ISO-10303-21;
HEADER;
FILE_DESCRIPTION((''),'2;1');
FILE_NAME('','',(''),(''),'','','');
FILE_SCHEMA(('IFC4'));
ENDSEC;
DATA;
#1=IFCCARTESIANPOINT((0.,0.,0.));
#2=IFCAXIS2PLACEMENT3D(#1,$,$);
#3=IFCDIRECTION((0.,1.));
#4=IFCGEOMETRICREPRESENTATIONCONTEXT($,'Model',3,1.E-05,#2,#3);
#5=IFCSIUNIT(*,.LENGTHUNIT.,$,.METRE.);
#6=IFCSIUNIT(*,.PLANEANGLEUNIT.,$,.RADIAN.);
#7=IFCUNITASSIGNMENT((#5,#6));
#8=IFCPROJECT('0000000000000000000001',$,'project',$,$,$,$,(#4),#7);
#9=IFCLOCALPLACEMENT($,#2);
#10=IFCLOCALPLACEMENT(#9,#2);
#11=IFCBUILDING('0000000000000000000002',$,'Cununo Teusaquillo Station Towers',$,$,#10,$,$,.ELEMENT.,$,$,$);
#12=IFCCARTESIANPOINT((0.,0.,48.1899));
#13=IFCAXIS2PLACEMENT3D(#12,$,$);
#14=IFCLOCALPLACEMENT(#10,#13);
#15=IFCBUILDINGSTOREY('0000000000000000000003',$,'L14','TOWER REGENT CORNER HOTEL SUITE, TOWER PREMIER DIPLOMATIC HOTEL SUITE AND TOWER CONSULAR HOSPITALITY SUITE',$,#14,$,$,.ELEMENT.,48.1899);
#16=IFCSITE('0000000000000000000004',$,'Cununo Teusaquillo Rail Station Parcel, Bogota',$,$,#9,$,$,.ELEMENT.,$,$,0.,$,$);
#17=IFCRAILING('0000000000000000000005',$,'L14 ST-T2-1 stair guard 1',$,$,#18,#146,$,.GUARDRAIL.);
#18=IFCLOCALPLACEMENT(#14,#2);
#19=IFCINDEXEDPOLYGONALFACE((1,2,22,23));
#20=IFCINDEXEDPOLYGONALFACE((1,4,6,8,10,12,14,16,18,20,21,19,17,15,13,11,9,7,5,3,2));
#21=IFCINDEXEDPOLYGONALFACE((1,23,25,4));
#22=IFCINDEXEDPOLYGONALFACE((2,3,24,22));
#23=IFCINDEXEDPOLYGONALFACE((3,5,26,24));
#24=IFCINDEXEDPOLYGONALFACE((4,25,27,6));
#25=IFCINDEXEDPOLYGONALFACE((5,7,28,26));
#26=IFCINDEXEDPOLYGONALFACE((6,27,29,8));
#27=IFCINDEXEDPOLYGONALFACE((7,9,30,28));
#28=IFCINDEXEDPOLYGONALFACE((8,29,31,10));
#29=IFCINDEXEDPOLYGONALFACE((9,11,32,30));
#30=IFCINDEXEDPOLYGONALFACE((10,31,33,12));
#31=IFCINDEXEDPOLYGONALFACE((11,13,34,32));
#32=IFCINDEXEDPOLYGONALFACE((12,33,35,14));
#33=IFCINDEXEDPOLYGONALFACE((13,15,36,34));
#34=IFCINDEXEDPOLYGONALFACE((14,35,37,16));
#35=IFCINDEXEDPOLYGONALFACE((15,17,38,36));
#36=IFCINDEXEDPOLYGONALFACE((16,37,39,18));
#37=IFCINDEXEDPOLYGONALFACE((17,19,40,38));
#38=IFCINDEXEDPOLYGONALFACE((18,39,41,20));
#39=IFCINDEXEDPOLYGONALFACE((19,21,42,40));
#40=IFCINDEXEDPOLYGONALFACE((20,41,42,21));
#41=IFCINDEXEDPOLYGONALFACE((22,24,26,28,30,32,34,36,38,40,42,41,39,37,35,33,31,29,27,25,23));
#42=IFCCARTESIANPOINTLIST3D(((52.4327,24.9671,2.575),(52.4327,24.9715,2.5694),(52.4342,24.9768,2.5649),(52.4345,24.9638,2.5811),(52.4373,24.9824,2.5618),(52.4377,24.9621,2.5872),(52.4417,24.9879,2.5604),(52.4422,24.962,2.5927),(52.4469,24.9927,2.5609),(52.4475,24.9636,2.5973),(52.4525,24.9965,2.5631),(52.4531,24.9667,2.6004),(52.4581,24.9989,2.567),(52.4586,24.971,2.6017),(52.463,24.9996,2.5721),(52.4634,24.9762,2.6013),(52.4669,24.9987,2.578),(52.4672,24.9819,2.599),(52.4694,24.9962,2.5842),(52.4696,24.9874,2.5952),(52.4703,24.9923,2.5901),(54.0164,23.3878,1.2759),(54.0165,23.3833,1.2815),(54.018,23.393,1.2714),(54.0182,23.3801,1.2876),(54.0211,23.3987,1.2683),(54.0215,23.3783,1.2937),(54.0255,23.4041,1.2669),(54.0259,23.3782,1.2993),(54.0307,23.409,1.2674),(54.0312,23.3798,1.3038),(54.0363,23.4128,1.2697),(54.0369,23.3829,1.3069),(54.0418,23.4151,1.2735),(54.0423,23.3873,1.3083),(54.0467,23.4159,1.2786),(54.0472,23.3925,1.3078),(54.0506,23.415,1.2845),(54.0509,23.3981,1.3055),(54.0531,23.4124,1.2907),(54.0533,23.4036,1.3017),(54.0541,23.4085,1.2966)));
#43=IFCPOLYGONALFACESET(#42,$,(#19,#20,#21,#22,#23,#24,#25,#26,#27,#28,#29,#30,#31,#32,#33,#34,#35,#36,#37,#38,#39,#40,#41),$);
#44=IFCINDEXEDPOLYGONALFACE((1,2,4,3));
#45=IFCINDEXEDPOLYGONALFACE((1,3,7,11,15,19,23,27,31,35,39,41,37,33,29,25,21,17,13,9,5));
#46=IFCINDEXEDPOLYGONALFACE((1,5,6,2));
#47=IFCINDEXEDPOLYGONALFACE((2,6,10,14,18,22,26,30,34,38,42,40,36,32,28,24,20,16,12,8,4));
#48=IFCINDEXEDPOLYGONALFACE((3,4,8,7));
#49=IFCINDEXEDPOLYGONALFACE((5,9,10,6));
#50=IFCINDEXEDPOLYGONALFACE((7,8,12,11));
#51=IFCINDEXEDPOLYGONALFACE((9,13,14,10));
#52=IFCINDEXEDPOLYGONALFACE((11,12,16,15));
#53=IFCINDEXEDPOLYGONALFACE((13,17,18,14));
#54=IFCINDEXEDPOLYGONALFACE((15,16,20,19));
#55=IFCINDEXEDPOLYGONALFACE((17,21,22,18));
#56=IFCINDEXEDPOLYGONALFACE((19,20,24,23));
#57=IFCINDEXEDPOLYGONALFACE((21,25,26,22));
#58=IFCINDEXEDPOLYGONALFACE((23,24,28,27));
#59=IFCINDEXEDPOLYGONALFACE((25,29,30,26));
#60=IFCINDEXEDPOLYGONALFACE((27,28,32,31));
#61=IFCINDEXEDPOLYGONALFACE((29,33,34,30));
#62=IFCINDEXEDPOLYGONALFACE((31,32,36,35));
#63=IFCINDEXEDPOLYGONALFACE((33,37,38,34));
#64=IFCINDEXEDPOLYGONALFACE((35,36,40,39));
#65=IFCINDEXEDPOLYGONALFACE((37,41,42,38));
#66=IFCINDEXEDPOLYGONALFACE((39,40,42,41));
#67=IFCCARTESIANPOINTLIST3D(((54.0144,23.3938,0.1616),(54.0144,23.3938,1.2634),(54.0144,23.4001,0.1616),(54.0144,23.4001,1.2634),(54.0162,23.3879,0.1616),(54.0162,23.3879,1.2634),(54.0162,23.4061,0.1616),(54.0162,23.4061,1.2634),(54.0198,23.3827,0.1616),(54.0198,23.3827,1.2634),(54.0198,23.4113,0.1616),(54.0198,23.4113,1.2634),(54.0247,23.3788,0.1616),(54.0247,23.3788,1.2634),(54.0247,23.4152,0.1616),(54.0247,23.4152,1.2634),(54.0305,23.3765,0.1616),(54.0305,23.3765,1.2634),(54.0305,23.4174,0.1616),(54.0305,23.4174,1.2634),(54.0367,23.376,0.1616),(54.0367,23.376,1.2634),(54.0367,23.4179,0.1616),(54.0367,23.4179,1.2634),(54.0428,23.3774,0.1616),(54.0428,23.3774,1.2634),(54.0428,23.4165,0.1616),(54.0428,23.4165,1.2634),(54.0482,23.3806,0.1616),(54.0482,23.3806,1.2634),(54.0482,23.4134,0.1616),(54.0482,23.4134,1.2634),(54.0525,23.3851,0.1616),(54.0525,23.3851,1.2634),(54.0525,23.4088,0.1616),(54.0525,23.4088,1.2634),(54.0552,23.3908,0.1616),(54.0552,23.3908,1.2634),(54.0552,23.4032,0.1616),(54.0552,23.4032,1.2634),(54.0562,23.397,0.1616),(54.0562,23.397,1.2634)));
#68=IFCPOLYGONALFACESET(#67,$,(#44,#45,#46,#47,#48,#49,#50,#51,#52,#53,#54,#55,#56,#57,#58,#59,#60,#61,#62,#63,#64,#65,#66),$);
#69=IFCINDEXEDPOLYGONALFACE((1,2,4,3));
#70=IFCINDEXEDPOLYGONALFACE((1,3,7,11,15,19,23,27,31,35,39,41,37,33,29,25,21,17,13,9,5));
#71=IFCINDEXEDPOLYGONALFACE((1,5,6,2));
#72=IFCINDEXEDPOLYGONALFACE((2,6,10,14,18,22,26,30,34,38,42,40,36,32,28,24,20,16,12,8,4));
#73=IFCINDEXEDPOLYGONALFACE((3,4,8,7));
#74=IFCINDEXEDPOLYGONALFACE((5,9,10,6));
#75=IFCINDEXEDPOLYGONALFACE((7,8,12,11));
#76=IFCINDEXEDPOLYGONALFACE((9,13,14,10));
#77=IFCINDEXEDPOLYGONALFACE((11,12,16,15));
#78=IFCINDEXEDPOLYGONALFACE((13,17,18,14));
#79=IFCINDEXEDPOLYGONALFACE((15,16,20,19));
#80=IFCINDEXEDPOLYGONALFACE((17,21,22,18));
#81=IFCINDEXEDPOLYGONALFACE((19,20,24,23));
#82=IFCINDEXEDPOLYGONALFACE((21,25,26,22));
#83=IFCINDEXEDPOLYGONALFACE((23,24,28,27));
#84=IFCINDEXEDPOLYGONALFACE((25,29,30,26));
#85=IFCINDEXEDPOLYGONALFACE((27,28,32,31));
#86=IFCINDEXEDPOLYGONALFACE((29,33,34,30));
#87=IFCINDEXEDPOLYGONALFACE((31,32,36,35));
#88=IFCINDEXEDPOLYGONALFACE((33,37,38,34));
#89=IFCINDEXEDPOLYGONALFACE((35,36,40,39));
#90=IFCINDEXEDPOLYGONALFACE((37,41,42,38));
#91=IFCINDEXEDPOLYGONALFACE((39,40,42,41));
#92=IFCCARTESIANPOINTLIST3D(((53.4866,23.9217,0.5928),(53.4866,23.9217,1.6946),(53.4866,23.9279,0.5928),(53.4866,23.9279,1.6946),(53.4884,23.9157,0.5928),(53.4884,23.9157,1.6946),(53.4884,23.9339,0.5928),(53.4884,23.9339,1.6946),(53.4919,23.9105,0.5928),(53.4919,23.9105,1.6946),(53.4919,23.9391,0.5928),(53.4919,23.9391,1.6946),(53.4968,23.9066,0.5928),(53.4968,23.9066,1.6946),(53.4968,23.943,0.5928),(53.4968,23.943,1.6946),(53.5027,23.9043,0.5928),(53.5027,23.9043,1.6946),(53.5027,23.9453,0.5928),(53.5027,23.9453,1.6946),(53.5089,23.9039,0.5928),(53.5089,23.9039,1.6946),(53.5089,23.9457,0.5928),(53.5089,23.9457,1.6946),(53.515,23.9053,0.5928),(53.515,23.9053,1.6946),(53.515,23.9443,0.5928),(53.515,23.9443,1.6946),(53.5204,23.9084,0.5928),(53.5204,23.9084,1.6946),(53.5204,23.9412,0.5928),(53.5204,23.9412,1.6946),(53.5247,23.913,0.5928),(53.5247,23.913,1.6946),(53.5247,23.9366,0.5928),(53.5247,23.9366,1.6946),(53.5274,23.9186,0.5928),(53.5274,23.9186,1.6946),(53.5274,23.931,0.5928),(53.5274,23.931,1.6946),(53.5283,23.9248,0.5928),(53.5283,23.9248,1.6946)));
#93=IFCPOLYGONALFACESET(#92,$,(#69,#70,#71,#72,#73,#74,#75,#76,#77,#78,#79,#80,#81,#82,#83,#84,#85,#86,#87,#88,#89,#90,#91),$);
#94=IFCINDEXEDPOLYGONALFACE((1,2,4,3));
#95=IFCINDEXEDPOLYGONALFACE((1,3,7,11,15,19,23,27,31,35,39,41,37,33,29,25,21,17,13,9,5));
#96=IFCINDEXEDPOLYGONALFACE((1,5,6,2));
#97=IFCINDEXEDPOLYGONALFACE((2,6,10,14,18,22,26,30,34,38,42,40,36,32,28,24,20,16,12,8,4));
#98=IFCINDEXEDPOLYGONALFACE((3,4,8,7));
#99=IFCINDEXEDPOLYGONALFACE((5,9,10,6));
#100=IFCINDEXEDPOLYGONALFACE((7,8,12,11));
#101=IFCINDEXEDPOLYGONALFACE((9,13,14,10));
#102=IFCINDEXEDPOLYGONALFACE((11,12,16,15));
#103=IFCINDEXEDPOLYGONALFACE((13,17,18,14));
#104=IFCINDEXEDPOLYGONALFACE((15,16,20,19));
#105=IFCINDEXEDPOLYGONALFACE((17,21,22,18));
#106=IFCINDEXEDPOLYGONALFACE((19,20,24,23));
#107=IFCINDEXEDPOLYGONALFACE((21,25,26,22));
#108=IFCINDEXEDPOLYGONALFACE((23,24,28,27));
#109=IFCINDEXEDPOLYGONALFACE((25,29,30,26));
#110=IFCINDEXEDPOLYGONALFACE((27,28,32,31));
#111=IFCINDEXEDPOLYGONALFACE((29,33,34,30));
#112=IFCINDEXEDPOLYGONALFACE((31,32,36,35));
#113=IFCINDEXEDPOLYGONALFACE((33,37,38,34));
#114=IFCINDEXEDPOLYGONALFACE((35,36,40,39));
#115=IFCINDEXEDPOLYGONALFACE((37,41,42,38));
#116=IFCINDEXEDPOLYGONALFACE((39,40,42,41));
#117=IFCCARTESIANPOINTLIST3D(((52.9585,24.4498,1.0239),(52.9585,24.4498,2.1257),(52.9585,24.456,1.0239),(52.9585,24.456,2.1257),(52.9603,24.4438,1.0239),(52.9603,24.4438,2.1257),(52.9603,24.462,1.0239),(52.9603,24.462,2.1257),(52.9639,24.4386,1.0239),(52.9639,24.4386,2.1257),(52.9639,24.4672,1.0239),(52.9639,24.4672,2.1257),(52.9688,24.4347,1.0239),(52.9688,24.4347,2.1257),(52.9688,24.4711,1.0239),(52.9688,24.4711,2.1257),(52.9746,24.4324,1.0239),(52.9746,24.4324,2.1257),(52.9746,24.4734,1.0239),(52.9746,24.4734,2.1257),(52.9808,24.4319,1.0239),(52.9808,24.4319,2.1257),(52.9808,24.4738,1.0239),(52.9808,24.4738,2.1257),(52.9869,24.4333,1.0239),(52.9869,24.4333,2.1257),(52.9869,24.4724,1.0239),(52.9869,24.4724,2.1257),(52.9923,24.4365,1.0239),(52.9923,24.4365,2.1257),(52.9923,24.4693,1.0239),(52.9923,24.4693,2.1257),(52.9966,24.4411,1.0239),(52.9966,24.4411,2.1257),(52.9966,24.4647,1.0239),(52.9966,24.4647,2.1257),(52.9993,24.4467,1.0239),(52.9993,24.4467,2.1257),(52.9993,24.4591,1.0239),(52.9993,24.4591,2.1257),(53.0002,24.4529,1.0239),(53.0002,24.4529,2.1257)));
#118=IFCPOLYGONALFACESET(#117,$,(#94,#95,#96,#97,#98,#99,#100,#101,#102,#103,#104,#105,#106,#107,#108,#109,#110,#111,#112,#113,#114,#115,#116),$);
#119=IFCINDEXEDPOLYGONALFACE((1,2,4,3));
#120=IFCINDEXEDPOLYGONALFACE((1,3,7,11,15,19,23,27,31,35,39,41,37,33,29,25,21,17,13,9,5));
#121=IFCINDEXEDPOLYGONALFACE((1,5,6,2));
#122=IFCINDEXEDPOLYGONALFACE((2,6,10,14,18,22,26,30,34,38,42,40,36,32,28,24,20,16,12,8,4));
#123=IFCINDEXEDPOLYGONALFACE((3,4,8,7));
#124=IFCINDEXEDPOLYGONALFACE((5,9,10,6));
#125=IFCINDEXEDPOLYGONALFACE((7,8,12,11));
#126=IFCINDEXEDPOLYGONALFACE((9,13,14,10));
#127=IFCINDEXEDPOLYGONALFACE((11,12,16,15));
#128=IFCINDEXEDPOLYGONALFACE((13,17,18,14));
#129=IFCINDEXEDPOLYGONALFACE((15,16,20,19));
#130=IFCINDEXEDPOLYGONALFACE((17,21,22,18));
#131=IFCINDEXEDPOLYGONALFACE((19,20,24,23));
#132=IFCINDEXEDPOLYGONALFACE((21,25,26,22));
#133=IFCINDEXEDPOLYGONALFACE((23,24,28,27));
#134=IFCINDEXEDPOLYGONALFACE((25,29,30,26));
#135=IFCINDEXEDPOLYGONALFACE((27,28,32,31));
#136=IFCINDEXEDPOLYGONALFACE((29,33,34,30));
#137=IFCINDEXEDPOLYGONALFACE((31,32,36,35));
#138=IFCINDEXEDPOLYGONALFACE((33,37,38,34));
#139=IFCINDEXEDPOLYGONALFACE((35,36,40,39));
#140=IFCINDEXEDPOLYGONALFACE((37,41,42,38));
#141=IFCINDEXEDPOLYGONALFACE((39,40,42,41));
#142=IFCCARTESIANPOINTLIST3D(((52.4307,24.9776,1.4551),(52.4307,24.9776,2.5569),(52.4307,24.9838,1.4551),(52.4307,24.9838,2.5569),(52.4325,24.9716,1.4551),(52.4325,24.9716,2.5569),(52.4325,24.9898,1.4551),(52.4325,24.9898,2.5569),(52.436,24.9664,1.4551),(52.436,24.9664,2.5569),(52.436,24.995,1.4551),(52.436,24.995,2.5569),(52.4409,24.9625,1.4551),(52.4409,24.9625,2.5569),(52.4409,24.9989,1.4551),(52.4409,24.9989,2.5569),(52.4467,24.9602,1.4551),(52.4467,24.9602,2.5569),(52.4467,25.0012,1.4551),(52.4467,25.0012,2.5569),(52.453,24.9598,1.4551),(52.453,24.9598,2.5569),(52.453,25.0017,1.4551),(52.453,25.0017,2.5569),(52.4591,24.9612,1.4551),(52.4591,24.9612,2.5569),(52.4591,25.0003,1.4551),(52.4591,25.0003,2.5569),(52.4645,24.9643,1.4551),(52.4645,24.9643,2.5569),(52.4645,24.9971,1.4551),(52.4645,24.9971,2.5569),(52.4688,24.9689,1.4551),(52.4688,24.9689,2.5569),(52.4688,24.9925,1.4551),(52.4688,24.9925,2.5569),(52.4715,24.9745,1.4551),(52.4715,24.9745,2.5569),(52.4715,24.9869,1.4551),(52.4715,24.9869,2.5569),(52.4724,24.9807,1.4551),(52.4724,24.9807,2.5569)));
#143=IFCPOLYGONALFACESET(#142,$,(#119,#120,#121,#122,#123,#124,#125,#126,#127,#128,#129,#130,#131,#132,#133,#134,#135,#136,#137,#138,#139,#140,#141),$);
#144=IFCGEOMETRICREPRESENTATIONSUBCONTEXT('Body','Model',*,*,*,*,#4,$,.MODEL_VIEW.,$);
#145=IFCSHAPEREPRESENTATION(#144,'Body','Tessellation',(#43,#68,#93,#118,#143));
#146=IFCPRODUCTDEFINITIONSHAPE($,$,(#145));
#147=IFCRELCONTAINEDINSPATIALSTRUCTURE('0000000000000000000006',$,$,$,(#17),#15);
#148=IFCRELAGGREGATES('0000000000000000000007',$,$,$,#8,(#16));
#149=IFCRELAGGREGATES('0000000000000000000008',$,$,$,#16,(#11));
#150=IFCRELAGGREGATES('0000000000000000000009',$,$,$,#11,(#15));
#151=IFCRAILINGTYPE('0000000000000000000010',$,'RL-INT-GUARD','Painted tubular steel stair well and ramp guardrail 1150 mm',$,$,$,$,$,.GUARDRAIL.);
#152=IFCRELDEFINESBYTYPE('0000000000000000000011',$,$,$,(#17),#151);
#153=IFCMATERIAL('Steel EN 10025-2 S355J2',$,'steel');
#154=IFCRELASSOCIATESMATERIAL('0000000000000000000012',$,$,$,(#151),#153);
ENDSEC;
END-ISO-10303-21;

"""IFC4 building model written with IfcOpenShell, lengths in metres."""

from ifc_helpers import new_model, si_unit, direction, frame, origin, origin_2d, place, context, subcontext, project, spatial, circle, extrude, material, type_object, element, save


model = new_model("IFC4")

# Units and contexts
model_context = context("Model", 3, precision=1e-05, world=origin(), true_north=direction((0.0, 1.0)))
body_context = subcontext(model_context, "Body", "Model", "MODEL_VIEW")
ifc_project = project(units=[si_unit("LENGTHUNIT", "METRE"), si_unit("PLANEANGLEUNIT", "RADIAN")], contexts=[model_context])

# Site, building, storey
site_placement = place(None, origin())
site = spatial("IfcSite", under=ifc_project, at=site_placement, Name="Cununo Teusaquillo Rail Station Parcel, Bogota", CompositionType="ELEMENT", RefElevation=0.0)
building_placement = place(site_placement, origin())
building = spatial("IfcBuilding", under=site, at=building_placement, Name="Cununo Teusaquillo Station Towers", CompositionType="ELEMENT")
storey_placement = place(building_placement, frame((0.0, 0.0, 48.1899)))
storey = spatial("IfcBuildingStorey", under=building, at=storey_placement, Name="L14", Description="TOWER REGENT CORNER HOTEL SUITE, TOWER PREMIER DIPLOMATIC HOTEL SUITE AND TOWER CONSULAR HOSPITALITY SUITE", CompositionType="ELEMENT", Elevation=48.1899)

# Railing
ifc_material_1 = material(Name="Steel EN 10025-2 S355J2", Category="steel")
railing_type_1 = type_object("IfcRailingType", Name="RL-INT-GUARD", Description="Painted tubular steel stair well and ramp guardrail 1150 mm", PredefinedType="GUARDRAIL", material=ifc_material_1)
railing_1_placement = place(storey_placement, frame((54.0352, 23.397, 0.1616)))
element("IfcRailing", 1, at=railing_1_placement, inside=storey, type_object=railing_type_1, Name="L14 ST-T2-1 stair guard 1", PredefinedType="GUARDRAIL", context=body_context, shape_type="SweptSolid", body=[
    extrude(circle(Radius=0.0239, at=origin_2d()), frame((0.0, 0.0, 1.126), z_axis=(-0.612332, 0.612332, 0.500098), x_axis=(-0.707107, -0.707107, 0.0)), (0.0, 0.0, 1.0), 2.5864),
    extrude(circle(Radius=0.021, at=origin_2d()), origin(), (0.0, 0.0, 1.0), 1.1018),
    extrude(circle(Radius=0.021, at=origin_2d()), frame((-0.5278, 0.5278, 0.4312)), (0.0, 0.0, 1.0), 1.1018),
    extrude(circle(Radius=0.021, at=origin_2d()), frame((-1.0559, 1.0559, 0.8623)), (0.0, 0.0, 1.0), 1.1018),
    extrude(circle(Radius=0.021, at=origin_2d()), frame((-1.5837, 1.5837, 1.2935)), (0.0, 0.0, 1.0), 1.1018),
])

save(model, "model.ifc")
